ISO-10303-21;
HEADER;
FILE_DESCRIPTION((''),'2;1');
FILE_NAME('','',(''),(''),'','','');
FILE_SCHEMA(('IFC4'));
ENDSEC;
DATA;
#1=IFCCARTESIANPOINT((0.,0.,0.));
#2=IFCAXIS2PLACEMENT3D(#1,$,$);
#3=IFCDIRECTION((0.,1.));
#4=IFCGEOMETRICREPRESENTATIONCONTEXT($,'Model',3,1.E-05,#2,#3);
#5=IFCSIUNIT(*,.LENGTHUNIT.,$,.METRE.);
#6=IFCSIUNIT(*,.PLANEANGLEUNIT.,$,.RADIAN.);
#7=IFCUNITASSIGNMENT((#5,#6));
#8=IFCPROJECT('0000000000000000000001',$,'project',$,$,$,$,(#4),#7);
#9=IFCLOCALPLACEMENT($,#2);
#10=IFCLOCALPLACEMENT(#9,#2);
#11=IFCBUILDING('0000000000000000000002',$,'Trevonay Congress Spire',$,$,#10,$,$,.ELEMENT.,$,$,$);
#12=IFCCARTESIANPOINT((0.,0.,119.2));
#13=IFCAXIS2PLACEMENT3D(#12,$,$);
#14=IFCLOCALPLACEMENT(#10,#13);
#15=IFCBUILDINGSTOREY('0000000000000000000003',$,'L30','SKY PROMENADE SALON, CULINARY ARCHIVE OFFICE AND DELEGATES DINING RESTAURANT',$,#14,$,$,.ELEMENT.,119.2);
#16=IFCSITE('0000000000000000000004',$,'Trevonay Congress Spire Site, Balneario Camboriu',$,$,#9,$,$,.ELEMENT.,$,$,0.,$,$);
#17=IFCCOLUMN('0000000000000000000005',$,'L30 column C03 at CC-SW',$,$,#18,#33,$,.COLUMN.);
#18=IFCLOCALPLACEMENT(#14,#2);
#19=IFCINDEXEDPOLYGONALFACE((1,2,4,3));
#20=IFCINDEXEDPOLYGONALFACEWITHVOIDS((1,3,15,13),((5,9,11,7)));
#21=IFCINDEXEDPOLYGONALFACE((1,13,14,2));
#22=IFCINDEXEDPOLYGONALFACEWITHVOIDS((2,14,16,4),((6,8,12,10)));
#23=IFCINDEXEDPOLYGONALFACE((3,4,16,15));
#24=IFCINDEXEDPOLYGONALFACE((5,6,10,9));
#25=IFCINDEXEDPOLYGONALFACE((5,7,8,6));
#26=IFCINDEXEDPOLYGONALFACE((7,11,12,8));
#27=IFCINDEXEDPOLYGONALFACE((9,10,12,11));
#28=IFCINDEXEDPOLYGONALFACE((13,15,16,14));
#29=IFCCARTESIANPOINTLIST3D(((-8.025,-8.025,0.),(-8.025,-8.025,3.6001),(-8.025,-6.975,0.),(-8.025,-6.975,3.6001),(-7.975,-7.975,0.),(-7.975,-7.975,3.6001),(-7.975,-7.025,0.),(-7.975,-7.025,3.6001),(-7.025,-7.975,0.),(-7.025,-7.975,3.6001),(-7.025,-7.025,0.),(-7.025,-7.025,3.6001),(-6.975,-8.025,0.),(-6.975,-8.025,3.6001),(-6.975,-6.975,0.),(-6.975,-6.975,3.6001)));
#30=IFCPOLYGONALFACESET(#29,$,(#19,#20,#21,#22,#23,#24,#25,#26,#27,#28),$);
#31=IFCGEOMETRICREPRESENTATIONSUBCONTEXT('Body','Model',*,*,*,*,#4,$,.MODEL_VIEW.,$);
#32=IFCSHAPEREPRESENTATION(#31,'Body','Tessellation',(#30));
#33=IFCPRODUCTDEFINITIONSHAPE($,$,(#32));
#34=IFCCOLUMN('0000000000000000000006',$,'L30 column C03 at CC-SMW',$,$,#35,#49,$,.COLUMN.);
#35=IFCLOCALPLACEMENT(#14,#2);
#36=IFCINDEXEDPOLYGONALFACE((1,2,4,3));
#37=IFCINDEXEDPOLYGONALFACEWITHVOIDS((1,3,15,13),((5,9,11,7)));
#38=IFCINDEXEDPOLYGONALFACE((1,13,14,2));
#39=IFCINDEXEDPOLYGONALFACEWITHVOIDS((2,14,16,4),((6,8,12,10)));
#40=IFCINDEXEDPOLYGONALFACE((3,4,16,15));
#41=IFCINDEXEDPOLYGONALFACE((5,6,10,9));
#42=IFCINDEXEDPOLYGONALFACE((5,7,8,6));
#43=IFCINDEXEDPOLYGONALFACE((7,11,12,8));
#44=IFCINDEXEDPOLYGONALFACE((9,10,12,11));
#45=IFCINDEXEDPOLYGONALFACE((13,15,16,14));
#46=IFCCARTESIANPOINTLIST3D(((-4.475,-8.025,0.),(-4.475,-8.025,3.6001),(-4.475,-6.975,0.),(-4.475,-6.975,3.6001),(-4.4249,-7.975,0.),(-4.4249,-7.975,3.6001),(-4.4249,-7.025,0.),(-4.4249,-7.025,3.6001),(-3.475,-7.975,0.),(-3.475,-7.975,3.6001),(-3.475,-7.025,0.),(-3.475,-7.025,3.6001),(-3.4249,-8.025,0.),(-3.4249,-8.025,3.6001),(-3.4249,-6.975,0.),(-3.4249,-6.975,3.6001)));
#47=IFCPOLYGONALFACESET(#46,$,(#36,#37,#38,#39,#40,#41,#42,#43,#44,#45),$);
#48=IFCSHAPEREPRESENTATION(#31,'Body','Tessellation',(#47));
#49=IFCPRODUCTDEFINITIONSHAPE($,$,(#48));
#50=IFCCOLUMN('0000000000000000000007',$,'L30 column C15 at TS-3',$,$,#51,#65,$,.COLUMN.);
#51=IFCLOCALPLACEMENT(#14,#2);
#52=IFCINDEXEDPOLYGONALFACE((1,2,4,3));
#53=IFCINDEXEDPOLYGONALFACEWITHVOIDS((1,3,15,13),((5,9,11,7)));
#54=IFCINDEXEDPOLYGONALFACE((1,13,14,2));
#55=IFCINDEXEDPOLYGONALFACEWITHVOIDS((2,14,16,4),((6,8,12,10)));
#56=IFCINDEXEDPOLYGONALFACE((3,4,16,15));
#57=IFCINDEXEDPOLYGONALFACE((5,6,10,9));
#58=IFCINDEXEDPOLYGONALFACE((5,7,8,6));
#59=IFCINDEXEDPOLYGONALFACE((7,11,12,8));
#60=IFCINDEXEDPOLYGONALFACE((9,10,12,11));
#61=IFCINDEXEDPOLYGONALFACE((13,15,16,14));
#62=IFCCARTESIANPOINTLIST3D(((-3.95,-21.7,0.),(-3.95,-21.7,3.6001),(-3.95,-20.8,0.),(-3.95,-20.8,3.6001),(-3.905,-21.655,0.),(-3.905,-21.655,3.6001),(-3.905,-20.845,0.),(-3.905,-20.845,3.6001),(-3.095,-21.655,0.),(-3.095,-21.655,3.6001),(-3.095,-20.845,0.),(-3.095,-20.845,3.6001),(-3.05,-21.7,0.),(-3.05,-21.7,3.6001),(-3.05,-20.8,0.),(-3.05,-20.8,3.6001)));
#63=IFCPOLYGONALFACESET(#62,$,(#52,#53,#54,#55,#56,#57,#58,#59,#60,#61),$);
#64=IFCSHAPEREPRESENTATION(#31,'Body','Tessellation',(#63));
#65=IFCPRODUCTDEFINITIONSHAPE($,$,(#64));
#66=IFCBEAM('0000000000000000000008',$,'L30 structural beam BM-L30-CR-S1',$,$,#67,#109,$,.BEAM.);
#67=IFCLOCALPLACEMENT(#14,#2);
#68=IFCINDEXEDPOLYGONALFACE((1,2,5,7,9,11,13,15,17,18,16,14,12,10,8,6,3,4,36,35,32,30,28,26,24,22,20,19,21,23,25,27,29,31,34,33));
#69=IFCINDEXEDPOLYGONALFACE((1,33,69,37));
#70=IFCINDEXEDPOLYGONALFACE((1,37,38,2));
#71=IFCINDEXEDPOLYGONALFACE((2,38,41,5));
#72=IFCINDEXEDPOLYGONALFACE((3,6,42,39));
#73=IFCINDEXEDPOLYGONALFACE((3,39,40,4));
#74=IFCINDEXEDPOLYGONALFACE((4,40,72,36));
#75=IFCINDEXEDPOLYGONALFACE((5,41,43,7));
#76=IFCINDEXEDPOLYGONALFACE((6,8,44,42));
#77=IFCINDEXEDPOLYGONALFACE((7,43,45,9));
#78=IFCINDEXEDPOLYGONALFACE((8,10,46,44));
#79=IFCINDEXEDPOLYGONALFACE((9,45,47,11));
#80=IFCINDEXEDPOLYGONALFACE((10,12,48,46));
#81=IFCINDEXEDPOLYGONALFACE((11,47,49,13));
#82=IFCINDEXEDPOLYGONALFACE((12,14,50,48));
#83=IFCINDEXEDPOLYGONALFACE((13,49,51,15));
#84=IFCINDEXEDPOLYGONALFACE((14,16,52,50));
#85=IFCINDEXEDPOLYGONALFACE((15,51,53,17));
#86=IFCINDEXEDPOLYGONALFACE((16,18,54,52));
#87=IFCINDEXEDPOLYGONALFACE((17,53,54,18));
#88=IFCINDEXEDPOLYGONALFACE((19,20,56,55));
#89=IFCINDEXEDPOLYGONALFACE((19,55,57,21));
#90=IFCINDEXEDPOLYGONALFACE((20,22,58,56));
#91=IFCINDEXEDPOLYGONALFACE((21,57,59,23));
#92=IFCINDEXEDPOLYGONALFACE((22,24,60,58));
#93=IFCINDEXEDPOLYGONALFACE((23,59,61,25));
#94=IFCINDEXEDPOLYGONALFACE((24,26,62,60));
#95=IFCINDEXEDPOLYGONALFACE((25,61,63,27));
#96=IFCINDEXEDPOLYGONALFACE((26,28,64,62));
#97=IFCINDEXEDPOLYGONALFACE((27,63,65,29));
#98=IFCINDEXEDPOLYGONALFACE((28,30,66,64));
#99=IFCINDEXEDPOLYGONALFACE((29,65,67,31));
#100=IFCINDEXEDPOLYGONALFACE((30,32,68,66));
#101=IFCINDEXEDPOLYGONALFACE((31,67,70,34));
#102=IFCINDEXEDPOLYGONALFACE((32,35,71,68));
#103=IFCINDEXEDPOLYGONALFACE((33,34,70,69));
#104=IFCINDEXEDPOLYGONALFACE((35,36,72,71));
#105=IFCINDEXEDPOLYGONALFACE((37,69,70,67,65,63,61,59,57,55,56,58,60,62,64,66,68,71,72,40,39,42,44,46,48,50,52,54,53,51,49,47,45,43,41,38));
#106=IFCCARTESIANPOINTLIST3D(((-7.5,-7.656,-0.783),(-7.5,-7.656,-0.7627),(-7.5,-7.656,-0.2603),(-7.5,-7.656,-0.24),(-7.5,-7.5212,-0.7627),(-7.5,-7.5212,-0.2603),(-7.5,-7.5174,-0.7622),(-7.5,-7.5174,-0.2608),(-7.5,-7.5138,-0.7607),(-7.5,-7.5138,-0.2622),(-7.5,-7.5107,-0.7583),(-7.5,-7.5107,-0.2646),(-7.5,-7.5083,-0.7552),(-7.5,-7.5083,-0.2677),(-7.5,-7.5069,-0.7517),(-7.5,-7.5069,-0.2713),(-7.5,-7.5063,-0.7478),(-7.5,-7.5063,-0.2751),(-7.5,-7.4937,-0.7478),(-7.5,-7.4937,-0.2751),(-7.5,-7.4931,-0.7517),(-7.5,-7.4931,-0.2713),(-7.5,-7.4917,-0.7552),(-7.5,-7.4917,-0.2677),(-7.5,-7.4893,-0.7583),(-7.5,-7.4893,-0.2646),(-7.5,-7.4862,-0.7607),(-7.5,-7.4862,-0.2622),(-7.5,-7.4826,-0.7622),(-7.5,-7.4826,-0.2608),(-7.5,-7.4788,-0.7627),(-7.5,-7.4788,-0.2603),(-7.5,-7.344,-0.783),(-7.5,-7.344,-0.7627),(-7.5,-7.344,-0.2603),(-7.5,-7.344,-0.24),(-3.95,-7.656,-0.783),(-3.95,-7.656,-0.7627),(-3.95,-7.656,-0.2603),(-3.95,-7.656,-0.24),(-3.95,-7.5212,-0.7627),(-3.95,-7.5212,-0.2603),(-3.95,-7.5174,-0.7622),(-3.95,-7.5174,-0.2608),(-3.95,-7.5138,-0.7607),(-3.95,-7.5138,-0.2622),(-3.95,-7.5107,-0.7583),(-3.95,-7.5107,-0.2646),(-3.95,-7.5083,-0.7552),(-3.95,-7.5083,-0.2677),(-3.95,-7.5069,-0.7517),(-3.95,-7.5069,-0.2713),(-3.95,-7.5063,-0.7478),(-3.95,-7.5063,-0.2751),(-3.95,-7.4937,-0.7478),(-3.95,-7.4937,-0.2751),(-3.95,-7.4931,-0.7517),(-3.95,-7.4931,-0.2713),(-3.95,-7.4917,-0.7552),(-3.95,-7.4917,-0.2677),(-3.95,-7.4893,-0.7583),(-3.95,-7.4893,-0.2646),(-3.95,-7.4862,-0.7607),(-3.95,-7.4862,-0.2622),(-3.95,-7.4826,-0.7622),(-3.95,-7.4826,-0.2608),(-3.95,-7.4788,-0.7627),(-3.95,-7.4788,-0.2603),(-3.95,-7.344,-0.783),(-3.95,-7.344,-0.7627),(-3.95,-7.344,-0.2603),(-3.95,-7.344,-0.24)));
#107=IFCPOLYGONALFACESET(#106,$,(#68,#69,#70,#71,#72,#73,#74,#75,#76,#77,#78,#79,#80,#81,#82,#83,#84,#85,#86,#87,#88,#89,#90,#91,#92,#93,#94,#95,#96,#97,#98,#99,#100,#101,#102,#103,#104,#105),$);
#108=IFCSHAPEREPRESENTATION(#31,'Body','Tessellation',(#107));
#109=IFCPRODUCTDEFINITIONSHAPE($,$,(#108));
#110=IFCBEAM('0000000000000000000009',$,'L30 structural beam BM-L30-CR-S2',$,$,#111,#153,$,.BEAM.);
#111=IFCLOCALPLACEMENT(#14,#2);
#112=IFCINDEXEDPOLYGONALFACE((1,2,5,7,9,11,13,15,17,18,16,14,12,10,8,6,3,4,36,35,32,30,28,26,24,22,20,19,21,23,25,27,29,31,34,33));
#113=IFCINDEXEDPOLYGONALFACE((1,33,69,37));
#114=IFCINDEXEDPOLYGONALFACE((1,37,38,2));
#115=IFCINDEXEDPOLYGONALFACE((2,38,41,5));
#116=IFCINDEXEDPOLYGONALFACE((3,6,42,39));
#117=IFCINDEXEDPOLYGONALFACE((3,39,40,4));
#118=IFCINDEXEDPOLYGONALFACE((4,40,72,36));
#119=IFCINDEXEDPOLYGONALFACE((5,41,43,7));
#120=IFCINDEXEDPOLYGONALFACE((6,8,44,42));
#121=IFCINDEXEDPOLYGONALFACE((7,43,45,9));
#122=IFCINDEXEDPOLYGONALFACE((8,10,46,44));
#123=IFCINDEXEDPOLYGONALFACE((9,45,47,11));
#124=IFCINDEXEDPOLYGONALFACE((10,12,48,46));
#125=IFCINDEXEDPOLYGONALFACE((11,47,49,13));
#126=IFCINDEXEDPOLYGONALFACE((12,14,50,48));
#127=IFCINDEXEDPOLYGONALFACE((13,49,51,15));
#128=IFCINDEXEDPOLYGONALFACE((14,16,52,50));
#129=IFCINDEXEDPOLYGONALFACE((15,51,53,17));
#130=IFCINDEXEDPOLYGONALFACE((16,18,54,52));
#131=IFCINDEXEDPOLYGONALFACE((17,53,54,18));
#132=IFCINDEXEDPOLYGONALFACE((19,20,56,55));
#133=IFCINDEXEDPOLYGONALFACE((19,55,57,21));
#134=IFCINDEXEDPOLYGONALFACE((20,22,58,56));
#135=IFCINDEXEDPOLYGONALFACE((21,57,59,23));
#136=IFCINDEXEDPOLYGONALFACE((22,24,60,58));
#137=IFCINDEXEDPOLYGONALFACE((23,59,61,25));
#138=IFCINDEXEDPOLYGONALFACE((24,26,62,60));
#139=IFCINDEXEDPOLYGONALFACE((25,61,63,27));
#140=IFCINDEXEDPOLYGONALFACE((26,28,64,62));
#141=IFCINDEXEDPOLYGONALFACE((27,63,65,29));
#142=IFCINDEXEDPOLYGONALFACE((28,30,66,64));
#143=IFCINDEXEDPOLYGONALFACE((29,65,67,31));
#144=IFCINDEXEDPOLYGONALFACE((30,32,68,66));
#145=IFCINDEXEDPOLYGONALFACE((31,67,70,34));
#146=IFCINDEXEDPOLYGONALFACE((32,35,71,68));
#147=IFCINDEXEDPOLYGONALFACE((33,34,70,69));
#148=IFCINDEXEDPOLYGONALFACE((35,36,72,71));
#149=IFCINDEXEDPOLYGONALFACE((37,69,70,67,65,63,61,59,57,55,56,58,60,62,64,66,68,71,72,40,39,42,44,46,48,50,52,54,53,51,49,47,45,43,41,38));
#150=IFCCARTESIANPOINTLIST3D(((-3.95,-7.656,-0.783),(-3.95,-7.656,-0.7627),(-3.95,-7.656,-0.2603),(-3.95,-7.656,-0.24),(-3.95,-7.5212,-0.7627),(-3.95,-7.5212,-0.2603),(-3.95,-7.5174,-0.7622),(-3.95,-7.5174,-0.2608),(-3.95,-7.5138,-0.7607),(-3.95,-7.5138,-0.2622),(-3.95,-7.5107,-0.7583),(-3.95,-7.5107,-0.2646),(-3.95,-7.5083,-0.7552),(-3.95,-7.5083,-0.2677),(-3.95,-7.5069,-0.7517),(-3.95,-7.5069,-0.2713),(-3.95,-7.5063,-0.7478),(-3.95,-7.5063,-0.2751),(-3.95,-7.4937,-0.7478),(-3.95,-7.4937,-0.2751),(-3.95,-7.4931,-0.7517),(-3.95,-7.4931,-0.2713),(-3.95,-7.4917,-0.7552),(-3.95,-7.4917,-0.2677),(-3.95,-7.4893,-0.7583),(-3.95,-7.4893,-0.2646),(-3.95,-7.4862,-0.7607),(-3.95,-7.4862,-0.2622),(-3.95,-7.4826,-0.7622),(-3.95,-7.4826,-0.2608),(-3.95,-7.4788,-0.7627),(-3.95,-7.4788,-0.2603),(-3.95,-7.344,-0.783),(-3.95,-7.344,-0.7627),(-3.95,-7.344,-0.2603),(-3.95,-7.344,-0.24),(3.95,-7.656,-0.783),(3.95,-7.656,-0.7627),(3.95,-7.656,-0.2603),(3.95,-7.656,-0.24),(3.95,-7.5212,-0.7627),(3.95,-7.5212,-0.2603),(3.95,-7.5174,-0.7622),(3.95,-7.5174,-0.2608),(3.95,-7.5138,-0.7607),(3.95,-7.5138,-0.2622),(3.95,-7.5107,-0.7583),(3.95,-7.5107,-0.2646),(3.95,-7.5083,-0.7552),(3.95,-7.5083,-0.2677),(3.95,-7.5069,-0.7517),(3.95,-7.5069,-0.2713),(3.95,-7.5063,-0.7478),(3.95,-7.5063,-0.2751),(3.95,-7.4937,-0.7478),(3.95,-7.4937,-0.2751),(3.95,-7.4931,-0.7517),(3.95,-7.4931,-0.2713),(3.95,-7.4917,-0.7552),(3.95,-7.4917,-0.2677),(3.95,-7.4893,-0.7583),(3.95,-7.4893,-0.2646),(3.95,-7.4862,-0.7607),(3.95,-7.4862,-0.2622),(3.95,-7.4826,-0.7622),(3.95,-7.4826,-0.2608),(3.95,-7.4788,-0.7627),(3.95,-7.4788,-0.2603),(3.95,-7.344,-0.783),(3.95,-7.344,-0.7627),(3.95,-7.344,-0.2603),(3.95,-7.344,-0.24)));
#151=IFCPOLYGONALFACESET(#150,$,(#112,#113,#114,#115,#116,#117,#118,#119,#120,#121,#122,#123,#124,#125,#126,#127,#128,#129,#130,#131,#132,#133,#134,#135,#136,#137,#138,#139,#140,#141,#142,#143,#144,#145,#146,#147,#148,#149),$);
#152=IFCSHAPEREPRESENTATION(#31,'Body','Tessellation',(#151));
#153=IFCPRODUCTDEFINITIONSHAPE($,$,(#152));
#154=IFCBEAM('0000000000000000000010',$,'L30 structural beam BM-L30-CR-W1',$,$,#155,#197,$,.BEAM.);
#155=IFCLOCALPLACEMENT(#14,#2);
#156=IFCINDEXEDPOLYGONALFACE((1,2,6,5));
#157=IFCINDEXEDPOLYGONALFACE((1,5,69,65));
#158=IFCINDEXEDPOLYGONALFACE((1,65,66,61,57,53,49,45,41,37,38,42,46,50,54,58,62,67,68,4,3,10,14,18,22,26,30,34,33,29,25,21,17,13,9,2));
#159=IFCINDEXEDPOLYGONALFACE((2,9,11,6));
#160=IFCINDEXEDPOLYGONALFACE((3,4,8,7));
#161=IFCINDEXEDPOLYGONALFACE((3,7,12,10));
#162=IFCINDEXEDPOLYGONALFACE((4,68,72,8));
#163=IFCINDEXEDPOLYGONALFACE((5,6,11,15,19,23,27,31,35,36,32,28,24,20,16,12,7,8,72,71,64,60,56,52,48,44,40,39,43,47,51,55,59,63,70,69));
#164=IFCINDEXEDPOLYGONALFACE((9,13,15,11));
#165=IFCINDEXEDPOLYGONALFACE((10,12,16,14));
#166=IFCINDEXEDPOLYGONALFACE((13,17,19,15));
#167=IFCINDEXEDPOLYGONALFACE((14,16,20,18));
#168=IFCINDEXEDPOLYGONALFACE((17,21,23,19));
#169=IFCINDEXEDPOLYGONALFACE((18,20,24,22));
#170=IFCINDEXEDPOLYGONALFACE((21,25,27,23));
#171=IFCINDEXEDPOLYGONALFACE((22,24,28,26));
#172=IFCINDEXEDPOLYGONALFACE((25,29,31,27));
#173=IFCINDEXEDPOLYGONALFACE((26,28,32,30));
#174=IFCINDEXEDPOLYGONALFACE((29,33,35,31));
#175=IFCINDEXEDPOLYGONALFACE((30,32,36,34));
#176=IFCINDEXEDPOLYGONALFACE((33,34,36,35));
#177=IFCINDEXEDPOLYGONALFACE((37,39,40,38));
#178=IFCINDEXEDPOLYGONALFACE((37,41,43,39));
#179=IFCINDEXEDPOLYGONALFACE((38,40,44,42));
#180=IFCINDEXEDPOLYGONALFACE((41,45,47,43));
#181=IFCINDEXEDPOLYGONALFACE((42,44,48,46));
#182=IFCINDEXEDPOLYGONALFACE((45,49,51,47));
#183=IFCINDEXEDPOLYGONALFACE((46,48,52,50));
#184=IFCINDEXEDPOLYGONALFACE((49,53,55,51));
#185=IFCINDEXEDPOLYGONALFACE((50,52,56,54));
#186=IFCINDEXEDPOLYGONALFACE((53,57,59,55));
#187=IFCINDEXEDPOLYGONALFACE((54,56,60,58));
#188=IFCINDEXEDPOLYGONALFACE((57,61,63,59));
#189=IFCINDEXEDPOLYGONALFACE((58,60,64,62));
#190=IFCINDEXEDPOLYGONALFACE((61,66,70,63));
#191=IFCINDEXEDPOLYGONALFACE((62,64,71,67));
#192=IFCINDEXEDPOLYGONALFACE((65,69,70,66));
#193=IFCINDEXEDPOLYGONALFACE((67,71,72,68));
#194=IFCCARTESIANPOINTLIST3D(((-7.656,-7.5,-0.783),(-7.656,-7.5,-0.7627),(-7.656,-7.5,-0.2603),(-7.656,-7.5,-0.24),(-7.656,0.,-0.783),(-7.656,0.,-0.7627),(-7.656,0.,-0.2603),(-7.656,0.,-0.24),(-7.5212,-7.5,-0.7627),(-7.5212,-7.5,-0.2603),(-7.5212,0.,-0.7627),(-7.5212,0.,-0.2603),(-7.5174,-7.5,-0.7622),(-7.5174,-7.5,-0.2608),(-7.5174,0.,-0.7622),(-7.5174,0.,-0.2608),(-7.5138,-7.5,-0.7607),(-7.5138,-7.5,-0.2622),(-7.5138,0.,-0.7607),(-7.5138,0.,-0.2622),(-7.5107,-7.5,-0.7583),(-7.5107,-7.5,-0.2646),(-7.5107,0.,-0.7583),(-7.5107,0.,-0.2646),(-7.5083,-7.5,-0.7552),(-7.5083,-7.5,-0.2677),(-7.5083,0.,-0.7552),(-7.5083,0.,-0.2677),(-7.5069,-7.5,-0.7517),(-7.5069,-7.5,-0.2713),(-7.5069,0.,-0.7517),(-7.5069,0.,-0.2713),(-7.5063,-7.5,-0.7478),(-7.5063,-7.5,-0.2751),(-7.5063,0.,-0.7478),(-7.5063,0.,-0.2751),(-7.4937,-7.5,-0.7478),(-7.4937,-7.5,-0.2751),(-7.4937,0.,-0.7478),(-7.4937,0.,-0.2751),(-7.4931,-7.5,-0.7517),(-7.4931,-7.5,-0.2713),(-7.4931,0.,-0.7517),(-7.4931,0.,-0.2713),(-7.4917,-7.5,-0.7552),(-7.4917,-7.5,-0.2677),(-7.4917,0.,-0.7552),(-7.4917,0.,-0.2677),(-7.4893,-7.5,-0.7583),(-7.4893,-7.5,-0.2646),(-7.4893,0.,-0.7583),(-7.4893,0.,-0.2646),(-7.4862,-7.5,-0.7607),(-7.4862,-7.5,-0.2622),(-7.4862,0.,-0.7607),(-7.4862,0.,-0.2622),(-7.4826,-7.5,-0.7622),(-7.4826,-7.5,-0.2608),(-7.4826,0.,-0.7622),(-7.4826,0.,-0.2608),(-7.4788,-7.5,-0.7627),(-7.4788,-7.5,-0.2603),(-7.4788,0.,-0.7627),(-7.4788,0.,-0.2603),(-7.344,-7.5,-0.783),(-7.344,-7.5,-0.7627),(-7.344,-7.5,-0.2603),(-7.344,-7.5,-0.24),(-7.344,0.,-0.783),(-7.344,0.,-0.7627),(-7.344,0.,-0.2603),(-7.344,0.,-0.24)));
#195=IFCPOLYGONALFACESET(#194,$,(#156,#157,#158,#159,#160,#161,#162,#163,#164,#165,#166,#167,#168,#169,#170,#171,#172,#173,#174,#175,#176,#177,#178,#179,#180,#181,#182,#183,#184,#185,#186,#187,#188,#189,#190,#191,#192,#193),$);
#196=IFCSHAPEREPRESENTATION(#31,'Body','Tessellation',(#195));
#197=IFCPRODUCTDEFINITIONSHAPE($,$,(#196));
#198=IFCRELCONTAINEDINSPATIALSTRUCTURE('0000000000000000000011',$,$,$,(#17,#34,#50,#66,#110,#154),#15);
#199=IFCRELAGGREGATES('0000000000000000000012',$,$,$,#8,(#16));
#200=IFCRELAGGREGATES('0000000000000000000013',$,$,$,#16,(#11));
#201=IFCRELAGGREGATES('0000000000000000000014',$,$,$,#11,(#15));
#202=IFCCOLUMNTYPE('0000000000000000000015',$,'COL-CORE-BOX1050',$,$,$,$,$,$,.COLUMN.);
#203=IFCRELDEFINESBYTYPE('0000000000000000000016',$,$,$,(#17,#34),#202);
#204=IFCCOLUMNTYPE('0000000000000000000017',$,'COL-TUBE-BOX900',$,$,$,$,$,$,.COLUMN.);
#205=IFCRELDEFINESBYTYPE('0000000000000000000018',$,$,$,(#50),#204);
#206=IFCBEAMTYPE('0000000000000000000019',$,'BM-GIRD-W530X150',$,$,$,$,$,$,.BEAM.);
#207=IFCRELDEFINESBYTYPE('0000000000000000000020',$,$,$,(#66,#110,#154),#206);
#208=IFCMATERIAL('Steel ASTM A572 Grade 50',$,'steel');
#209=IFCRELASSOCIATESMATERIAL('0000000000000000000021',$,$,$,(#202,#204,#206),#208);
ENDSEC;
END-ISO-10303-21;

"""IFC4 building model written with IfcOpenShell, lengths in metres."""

from ifc_helpers import new_model, si_unit, direction, frame, origin, origin_2d, place, context, subcontext, project, spatial, hollow_rectangle, i_section, extrude, material, material_profile, profile_set, type_object, element, save


model = new_model("IFC4")

# Units and contexts
model_context = context("Model", 3, precision=1e-05, world=origin(), true_north=direction((0.0, 1.0)))
body_context = subcontext(model_context, "Body", "Model", "MODEL_VIEW")
ifc_project = project(units=[si_unit("LENGTHUNIT", "METRE"), si_unit("PLANEANGLEUNIT", "RADIAN")], contexts=[model_context])

# Site, building, storey
site_placement = place(None, origin())
site = spatial("IfcSite", under=ifc_project, at=site_placement, Name="Trevonay Congress Spire Site, Balneario Camboriu", CompositionType="ELEMENT", RefElevation=0.0)
building_placement = place(site_placement, origin())
building = spatial("IfcBuilding", under=site, at=building_placement, Name="Trevonay Congress Spire", CompositionType="ELEMENT")
storey_placement = place(building_placement, frame((0.0, 0.0, 119.2)))
storey = spatial("IfcBuildingStorey", under=building, at=storey_placement, Name="L30", Description="SKY PROMENADE SALON, CULINARY ARCHIVE OFFICE AND DELEGATES DINING RESTAURANT", CompositionType="ELEMENT", Elevation=119.2)

# Columns
ifc_material_1 = material(Name="Steel ASTM A572 Grade 50", Category="steel")
ifc_material_profile_1 = material_profile(ifc_material_1, hollow_rectangle(XDim=1.05, YDim=1.05, WallThickness=0.05, at=origin_2d()), Name="BOX 1050x1050x50")
ifc_profile_set_1 = profile_set([ifc_material_profile_1], Name="Steel ASTM A572 Grade 50")
column_type_1 = type_object("IfcColumnType", Name="COL-CORE-BOX1050", PredefinedType="COLUMN", material=ifc_profile_set_1)
for number, where, z_axis, x_axis, name in (
    (1, (-7.5, -7.5, 0.0), (0.0, 0.0, 1.0), (1.0, 0.0, 0.0), "L30 column C03 at CC-SW"),
    (2, (-3.95, -7.5, 0.0), (0.0, 0.0, 1.0), (1.0, 0.0, 0.0), "L30 column C03 at CC-SMW"),
):
    element("IfcColumn", number, at=place(storey_placement, frame(where, z_axis=z_axis, x_axis=x_axis)), inside=storey, type_object=column_type_1, Name=name, PredefinedType="COLUMN", context=body_context, shape_type="SweptSolid", body=[
        extrude(hollow_rectangle(XDim=1.05, YDim=1.05, WallThickness=0.05, at=origin_2d()), origin(), (0.0, 0.0, 1.0), 3.6001),
    ])
ifc_material_profile_2 = material_profile(ifc_material_1, hollow_rectangle(XDim=0.8999, YDim=0.8999, WallThickness=0.0449, at=origin_2d()), Name="BOX 900x900x45")
ifc_profile_set_2 = profile_set([ifc_material_profile_2], Name="Steel ASTM A572 Grade 50")
column_type_2 = type_object("IfcColumnType", Name="COL-TUBE-BOX900", PredefinedType="COLUMN", material=ifc_profile_set_2)
column_placement = place(storey_placement, frame((-3.5, -21.25, 0.0), z_axis=(0.0, 0.0, 1.0), x_axis=(1.0, 0.0, 0.0)))
element("IfcColumn", 3, at=column_placement, inside=storey, type_object=column_type_2, Name="L30 column C15 at TS-3", PredefinedType="COLUMN", context=body_context, shape_type="SweptSolid", body=[
    extrude(hollow_rectangle(XDim=0.8999, YDim=0.8999, WallThickness=0.0449, at=origin_2d()), origin(), (0.0, 0.0, 1.0), 3.6001),
])

# Beams
ifc_material_profile_3 = material_profile(ifc_material_1, i_section(OverallWidth=0.312, OverallDepth=0.543, WebThickness=0.0127, FlangeThickness=0.0203, FilletRadius=0.0149, at=origin_2d()), Name="W530x150")
ifc_profile_set_3 = profile_set([ifc_material_profile_3], Name="Steel ASTM A572 Grade 50")
beam_type_1 = type_object("IfcBeamType", Name="BM-GIRD-W530X150", PredefinedType="BEAM", material=ifc_profile_set_3)
beam_1_placement = place(storey_placement, frame((-7.5, -7.5, -0.5115), z_axis=(1.0, 0.0, 0.0), x_axis=(0.0, 1.0, 0.0)))
element("IfcBeam", 4, at=beam_1_placement, inside=storey, type_object=beam_type_1, Name="L30 structural beam BM-L30-CR-S1", PredefinedType="BEAM", context=body_context, shape_type="SweptSolid", body=[
    extrude(i_section(OverallWidth=0.312, OverallDepth=0.543, WebThickness=0.0127, FlangeThickness=0.0203, FilletRadius=0.0149, at=origin_2d()), origin(), (0.0, 0.0, 1.0), 3.55),
])
beam_2_placement = place(storey_placement, frame((-3.95, -7.5, -0.5115), z_axis=(1.0, 0.0, 0.0), x_axis=(0.0, 1.0, 0.0)))
element("IfcBeam", 5, at=beam_2_placement, inside=storey, type_object=beam_type_1, Name="L30 structural beam BM-L30-CR-S2", PredefinedType="BEAM", context=body_context, shape_type="SweptSolid", body=[
    extrude(i_section(OverallWidth=0.312, OverallDepth=0.543, WebThickness=0.0127, FlangeThickness=0.0203, FilletRadius=0.0149, at=origin_2d()), origin(), (0.0, 0.0, 1.0), 7.8999),
])
beam_3_placement = place(storey_placement, frame((-7.5, -7.5, -0.5115), z_axis=(0.0, 1.0, 0.0), x_axis=(-1.0, 0.0, 0.0)))
element("IfcBeam", 6, at=beam_3_placement, inside=storey, type_object=beam_type_1, Name="L30 structural beam BM-L30-CR-W1", PredefinedType="BEAM", context=body_context, shape_type="SweptSolid", body=[
    extrude(i_section(OverallWidth=0.312, OverallDepth=0.543, WebThickness=0.0127, FlangeThickness=0.0203, FilletRadius=0.0149, at=origin_2d()), origin(), (0.0, 0.0, 1.0), 7.5),
])

save(model, "model.ifc")
